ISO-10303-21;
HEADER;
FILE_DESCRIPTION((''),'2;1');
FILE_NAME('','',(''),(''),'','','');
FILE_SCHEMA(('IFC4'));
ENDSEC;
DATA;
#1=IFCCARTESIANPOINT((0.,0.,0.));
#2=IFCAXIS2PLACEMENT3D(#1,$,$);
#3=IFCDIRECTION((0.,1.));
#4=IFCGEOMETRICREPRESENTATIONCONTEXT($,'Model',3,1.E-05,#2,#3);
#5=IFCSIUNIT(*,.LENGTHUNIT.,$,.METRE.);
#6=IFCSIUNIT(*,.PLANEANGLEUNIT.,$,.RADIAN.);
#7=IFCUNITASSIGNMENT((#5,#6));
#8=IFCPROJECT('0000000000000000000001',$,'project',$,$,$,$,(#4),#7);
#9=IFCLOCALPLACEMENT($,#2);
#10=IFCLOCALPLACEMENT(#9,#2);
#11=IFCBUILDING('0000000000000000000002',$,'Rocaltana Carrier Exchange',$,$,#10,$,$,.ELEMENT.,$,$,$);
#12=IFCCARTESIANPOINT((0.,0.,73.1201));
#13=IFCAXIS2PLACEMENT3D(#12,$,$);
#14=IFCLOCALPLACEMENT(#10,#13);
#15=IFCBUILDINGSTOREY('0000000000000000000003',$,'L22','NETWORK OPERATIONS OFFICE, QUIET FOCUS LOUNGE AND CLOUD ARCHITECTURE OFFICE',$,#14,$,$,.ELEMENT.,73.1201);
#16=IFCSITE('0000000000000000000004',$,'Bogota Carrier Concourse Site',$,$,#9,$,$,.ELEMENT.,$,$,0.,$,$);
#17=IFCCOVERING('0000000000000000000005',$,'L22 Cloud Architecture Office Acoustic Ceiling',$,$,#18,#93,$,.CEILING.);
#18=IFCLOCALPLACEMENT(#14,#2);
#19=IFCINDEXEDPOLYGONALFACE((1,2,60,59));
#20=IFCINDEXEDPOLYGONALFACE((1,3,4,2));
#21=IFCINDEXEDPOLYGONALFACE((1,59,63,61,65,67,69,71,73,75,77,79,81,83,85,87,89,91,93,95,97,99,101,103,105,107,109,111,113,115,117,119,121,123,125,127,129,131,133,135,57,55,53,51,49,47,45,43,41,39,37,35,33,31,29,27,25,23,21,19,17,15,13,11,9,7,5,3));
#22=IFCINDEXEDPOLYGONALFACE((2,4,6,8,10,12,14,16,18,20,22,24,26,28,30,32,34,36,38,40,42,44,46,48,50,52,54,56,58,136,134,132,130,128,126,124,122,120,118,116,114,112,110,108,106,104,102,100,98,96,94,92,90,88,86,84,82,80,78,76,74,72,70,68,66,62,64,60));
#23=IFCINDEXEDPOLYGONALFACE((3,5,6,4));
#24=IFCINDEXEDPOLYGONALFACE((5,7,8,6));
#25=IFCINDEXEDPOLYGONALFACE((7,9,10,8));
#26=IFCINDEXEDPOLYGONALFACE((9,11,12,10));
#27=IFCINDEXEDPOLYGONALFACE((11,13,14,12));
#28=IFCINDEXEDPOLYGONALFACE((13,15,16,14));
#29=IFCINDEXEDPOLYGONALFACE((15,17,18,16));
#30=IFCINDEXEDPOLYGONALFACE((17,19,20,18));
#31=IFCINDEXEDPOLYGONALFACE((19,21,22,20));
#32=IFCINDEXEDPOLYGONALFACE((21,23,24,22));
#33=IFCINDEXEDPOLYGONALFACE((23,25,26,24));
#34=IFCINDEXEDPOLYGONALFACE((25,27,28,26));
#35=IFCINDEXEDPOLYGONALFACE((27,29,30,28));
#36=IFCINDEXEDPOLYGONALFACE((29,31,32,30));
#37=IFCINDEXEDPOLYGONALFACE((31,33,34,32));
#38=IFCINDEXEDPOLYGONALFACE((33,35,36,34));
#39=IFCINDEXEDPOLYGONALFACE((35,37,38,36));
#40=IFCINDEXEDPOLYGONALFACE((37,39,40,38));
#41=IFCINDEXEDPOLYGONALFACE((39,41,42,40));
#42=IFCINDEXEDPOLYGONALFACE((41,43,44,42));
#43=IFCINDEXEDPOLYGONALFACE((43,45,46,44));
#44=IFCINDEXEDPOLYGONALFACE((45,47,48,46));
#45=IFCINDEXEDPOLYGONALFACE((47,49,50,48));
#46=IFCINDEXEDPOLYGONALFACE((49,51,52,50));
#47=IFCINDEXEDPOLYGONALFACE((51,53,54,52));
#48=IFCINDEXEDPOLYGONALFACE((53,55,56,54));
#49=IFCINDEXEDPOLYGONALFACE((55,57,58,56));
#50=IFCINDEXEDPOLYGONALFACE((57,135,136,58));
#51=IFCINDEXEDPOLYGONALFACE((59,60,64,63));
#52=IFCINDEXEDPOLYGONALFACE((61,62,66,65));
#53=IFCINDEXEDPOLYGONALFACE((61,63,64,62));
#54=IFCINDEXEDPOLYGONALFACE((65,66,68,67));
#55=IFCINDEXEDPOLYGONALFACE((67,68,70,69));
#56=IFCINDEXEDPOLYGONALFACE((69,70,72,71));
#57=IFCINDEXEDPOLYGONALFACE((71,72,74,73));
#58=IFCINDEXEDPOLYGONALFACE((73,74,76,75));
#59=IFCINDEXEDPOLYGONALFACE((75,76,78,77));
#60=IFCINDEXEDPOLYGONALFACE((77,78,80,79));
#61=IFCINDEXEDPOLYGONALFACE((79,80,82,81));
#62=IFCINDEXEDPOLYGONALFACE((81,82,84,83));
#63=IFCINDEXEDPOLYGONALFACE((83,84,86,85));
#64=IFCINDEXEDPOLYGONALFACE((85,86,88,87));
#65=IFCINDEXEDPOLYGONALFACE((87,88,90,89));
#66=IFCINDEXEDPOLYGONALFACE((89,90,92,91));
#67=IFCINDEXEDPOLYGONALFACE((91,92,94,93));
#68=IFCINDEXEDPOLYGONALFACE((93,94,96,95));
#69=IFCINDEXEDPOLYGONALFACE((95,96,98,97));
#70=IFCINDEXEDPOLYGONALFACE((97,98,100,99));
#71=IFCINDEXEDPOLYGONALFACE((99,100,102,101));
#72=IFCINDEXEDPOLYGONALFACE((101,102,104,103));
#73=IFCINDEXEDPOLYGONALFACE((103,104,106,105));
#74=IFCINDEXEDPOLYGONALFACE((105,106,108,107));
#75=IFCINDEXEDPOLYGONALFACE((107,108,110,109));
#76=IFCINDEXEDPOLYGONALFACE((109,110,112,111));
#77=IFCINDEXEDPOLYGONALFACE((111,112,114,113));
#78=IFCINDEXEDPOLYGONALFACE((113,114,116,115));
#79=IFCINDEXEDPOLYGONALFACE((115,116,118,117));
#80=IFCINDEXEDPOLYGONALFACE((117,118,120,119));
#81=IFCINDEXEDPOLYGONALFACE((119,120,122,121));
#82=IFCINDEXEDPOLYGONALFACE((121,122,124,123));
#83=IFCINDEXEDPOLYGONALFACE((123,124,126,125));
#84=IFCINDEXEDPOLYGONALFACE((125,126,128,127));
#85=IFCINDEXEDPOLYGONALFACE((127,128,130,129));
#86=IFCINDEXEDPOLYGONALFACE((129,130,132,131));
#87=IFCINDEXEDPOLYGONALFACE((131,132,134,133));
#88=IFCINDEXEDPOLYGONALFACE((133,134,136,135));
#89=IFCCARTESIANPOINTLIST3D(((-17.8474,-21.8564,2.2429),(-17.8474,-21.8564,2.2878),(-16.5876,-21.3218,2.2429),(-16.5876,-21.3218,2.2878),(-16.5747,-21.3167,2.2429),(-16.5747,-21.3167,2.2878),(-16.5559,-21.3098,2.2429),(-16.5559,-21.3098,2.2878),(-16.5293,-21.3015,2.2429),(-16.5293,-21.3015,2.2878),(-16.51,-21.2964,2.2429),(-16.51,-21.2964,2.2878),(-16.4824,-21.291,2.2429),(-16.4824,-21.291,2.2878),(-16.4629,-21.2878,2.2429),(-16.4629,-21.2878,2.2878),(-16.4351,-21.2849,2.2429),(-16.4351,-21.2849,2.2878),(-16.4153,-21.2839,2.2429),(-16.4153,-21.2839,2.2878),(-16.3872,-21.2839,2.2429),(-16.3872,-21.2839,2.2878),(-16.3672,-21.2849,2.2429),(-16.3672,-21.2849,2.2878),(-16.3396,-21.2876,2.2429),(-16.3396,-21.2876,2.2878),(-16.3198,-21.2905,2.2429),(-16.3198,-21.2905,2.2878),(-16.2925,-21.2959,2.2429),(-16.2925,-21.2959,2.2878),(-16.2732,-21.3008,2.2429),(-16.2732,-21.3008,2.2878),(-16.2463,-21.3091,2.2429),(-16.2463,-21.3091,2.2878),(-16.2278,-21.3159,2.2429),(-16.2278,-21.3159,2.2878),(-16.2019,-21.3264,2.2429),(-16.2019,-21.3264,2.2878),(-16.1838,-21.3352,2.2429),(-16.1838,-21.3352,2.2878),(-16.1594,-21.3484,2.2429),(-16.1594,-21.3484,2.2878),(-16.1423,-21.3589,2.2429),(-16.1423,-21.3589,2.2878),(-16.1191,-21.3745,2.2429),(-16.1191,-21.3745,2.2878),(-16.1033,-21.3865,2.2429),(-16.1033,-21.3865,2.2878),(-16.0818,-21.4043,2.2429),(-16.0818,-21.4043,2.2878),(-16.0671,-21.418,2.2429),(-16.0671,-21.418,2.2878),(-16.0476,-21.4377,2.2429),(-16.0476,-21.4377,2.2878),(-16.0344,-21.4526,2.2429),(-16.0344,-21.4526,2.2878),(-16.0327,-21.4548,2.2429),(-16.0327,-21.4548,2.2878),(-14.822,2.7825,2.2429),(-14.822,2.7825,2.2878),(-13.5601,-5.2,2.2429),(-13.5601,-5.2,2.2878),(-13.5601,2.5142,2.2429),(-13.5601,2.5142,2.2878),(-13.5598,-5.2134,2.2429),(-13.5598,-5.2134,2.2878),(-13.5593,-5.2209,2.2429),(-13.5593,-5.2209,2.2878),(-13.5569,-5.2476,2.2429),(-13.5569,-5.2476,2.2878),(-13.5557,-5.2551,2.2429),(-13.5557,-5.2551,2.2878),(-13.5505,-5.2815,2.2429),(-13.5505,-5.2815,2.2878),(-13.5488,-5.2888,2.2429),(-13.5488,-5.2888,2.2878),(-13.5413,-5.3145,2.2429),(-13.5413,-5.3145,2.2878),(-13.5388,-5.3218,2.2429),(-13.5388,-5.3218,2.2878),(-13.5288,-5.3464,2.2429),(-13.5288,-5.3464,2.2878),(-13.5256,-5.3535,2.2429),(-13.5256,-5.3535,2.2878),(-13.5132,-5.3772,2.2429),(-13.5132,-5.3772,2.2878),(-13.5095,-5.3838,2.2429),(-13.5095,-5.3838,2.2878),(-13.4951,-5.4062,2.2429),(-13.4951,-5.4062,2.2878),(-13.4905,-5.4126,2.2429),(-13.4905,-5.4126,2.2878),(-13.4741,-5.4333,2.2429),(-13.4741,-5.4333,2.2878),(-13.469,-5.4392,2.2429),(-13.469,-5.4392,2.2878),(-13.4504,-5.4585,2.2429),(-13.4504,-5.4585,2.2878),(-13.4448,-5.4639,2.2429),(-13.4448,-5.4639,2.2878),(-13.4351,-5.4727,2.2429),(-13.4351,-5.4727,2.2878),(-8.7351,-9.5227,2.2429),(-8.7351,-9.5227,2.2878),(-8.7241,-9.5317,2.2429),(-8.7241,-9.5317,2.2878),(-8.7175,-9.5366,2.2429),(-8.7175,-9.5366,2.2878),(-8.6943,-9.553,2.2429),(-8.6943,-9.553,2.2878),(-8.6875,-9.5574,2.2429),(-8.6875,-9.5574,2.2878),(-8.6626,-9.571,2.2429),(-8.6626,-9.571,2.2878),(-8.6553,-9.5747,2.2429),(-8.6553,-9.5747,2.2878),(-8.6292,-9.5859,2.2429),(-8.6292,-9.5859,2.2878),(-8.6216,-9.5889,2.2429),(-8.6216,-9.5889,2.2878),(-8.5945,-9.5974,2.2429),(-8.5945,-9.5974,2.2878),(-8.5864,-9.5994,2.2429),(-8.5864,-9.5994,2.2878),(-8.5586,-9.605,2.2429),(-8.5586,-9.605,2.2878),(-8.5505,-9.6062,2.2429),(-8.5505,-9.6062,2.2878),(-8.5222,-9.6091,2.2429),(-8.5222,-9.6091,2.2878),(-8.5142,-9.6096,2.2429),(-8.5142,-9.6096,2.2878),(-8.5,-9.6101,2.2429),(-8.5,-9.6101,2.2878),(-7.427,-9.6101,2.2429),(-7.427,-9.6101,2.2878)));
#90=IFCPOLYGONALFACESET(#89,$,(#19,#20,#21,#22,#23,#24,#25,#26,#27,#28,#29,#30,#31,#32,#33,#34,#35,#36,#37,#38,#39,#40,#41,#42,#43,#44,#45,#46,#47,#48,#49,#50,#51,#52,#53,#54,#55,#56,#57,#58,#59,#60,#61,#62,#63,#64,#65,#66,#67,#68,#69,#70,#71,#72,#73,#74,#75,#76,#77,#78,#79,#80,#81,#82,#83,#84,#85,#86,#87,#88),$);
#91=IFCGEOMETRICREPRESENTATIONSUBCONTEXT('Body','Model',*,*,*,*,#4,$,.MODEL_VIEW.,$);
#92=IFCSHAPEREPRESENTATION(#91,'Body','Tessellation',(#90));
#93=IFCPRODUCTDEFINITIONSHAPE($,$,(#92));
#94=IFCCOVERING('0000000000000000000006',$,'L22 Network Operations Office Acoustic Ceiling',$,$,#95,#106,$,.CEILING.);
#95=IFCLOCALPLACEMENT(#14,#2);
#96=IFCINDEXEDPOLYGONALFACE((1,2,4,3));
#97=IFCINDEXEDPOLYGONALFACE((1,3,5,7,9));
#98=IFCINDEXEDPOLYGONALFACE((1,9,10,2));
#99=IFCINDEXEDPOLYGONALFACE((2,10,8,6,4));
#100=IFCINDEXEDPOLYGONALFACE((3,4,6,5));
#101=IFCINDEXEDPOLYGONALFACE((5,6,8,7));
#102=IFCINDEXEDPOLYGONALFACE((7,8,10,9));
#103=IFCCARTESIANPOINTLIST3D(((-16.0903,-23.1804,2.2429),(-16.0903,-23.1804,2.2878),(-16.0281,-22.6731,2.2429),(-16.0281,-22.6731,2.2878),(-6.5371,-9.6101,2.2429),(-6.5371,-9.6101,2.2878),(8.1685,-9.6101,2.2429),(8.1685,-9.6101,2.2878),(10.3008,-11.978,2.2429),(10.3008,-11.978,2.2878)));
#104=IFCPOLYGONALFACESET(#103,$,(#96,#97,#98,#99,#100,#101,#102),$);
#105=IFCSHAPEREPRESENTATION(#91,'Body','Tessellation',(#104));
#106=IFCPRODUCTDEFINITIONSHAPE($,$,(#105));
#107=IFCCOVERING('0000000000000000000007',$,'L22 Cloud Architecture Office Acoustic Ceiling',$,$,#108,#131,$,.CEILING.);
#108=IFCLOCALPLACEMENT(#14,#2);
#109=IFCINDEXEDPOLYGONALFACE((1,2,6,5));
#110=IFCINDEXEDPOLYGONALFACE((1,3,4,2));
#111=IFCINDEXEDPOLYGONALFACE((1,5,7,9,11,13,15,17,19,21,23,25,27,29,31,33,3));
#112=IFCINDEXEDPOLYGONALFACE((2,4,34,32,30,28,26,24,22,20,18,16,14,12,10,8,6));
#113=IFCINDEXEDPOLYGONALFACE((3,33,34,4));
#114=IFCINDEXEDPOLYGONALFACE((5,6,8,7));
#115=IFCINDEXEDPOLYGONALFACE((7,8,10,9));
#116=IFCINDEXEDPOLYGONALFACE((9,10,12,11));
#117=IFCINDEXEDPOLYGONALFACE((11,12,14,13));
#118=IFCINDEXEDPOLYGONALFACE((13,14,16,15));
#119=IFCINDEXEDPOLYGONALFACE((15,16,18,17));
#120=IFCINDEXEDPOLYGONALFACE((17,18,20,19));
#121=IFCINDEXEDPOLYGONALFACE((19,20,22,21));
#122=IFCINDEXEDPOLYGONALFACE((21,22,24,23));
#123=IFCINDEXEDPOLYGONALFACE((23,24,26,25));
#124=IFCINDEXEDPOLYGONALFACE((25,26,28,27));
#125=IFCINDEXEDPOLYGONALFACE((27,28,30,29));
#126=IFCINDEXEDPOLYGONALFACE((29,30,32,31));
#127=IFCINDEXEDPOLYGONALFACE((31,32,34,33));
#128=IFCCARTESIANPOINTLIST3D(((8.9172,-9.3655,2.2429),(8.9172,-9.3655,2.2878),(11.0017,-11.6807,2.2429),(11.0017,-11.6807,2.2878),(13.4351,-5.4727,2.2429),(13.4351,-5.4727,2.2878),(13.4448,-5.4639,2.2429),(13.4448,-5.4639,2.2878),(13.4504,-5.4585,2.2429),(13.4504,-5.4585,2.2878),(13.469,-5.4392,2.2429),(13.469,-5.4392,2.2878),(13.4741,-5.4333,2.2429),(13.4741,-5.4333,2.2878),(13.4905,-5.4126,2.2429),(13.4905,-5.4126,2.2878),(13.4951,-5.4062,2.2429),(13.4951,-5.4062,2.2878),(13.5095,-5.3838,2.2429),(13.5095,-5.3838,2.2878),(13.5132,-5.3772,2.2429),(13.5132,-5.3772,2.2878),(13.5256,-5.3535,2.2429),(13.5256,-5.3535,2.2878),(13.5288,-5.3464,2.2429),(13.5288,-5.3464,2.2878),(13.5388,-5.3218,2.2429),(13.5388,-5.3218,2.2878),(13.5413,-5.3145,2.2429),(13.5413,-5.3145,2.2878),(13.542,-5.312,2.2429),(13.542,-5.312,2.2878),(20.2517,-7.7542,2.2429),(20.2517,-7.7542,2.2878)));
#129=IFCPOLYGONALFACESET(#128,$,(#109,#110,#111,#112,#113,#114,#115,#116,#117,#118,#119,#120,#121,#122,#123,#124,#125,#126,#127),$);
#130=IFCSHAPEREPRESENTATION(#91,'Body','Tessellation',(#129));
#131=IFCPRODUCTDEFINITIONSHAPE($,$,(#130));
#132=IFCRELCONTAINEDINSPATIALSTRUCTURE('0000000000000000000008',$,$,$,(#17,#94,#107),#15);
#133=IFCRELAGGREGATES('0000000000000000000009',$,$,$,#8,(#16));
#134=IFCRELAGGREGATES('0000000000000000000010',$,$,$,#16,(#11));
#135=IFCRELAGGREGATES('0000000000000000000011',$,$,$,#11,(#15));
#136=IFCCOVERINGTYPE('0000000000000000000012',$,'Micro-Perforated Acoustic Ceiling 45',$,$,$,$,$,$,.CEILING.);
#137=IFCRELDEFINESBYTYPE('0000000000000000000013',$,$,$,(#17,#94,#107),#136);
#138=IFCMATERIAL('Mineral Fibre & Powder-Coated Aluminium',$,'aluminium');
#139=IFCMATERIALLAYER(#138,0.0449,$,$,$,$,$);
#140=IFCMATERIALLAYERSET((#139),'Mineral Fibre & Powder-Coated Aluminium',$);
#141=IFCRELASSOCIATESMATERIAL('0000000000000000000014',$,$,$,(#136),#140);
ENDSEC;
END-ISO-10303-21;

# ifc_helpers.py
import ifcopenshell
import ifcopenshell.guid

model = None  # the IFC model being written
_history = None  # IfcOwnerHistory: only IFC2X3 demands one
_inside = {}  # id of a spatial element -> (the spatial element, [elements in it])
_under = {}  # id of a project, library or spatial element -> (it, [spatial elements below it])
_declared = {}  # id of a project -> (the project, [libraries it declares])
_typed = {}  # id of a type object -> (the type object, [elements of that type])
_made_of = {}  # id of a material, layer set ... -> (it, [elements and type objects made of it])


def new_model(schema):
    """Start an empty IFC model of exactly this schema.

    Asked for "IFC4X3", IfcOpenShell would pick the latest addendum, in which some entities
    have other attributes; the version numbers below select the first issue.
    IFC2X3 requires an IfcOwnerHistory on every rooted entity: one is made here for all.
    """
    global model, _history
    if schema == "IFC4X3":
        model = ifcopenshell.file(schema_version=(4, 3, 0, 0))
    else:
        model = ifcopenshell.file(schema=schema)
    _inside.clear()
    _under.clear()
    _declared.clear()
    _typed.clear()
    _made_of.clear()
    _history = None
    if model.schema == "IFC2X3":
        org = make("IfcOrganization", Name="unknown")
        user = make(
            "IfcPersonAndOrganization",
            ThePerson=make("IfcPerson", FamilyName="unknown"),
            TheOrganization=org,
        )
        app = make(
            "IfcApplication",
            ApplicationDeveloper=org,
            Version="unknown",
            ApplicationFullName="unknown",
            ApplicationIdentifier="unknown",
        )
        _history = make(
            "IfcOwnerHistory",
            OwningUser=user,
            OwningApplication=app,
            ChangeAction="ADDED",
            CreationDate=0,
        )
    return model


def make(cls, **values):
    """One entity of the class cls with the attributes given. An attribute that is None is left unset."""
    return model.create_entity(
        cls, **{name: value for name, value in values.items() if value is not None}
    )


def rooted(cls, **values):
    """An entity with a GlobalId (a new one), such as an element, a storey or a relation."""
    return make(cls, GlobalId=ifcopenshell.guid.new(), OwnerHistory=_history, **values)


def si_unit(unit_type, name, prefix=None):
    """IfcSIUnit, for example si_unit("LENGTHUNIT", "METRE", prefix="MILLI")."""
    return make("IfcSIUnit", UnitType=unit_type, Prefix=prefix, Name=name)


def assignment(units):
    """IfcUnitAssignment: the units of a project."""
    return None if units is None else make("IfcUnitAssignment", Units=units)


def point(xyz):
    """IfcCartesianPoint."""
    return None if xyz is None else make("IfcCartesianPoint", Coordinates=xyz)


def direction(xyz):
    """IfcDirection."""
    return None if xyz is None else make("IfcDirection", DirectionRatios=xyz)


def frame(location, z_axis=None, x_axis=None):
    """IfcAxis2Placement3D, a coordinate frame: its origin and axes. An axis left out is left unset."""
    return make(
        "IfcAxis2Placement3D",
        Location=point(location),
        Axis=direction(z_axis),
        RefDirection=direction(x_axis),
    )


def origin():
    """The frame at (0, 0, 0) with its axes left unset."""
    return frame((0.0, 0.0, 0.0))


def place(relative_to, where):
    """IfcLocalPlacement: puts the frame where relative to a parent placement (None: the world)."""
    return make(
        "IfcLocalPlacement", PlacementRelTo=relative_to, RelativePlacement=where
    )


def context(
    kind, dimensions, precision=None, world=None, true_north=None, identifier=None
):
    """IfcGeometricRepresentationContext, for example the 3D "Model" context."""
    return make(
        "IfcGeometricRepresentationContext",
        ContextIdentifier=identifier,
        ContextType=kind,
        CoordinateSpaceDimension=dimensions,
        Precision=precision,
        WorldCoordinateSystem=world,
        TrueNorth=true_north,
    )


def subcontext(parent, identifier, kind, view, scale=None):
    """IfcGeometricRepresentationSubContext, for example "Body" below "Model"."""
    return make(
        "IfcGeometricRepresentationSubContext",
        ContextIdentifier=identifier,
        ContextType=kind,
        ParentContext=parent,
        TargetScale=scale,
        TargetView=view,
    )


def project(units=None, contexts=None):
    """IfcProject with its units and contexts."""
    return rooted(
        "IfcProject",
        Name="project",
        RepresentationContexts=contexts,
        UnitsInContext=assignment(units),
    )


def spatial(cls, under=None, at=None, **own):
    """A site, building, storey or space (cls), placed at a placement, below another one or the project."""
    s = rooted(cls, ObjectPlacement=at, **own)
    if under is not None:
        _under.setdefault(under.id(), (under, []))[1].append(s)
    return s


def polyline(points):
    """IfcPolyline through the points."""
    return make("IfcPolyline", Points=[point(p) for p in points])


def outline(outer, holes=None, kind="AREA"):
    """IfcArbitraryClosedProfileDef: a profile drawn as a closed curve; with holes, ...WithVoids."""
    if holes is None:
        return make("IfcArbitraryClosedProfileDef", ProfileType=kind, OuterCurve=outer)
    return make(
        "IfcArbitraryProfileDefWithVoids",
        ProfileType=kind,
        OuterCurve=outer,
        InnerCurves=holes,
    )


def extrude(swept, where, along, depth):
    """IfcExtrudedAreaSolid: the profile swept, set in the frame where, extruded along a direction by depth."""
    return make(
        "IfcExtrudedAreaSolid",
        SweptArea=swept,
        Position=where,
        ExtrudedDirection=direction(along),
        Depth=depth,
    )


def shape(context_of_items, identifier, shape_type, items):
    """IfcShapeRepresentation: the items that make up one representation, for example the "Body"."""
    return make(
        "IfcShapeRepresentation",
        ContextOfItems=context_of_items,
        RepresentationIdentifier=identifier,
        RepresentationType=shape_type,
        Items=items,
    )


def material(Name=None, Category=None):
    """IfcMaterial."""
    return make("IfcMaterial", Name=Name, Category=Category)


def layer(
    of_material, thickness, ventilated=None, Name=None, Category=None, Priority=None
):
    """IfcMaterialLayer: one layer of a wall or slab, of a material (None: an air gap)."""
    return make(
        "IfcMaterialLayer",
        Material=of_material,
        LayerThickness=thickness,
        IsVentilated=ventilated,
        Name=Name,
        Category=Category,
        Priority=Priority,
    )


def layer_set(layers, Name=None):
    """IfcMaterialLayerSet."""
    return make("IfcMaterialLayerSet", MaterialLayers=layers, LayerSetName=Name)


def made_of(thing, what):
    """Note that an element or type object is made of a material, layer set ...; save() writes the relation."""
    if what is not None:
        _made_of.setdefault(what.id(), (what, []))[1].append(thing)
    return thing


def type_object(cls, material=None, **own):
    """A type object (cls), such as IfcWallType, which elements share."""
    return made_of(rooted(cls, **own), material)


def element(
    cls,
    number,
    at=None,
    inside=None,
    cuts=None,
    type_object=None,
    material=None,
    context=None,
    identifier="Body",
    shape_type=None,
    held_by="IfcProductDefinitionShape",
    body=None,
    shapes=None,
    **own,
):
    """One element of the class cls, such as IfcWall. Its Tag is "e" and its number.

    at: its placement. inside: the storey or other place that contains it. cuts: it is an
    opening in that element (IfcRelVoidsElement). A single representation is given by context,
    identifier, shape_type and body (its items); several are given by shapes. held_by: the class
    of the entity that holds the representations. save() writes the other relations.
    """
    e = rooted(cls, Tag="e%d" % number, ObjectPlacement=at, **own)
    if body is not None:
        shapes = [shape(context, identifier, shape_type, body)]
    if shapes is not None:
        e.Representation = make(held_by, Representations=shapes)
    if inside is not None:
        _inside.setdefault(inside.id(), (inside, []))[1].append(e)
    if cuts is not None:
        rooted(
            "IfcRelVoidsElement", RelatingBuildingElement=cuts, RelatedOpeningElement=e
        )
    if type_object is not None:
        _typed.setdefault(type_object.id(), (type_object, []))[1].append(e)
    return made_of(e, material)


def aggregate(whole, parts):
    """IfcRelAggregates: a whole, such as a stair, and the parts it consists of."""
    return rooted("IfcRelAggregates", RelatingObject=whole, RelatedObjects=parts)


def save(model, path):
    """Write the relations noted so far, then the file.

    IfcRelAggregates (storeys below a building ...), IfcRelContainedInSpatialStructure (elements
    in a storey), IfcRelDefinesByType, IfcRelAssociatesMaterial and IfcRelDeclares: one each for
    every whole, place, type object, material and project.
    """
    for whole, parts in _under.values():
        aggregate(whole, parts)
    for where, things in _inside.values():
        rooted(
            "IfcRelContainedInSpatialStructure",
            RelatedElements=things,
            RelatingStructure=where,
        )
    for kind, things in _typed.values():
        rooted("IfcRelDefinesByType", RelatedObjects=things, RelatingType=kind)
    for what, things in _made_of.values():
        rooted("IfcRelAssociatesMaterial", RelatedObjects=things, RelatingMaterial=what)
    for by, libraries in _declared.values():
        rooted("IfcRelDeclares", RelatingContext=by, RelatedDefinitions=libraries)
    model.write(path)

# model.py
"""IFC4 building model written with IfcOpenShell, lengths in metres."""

from ifc_helpers import new_model, si_unit, direction, frame, origin, place, context, subcontext, project, spatial, polyline, outline, extrude, material, layer, layer_set, type_object, element, save


model = new_model("IFC4")

# Units and contexts
model_context = context("Model", 3, precision=1e-05, world=origin(), true_north=direction((0.0, 1.0)))
body_context = subcontext(model_context, "Body", "Model", "MODEL_VIEW")
ifc_project = project(units=[si_unit("LENGTHUNIT", "METRE"), si_unit("PLANEANGLEUNIT", "RADIAN")], contexts=[model_context])

# Site, building, storey
site_placement = place(None, origin())
site = spatial("IfcSite", under=ifc_project, at=site_placement, Name="Bogota Carrier Concourse Site", CompositionType="ELEMENT", RefElevation=0.0)
building_placement = place(site_placement, origin())
building = spatial("IfcBuilding", under=site, at=building_placement, Name="Rocaltana Carrier Exchange", CompositionType="ELEMENT")
storey_placement = place(building_placement, frame((0.0, 0.0, 73.1201)))
storey = spatial("IfcBuildingStorey", under=building, at=storey_placement, Name="L22", Description="NETWORK OPERATIONS OFFICE, QUIET FOCUS LOUNGE AND CLOUD ARCHITECTURE OFFICE", CompositionType="ELEMENT", Elevation=73.1201)

# Coverings
ifc_material_1 = material(Name="Mineral Fibre & Powder-Coated Aluminium", Category="aluminium")
ifc_layer_1 = layer(ifc_material_1, 0.0449)
ifc_layer_set_1 = layer_set([ifc_layer_1], Name="Mineral Fibre & Powder-Coated Aluminium")
covering_type_1 = type_object("IfcCoveringType", Name="Micro-Perforated Acoustic Ceiling 45", PredefinedType="CEILING", material=ifc_layer_set_1)
covering_1_placement = place(storey_placement, frame((0.0, 0.0, 2.2429)))
element("IfcCovering", 1, at=covering_1_placement, inside=storey, type_object=covering_type_1, Name="L22 Cloud Architecture Office Acoustic Ceiling", PredefinedType="CEILING", context=body_context, shape_type="SweptSolid", body=[
    extrude(outline(polyline([(-16.0327, -21.4548), (-16.0344, -21.4526), (-16.0476, -21.4377), (-16.0671, -21.418), (-16.0818, -21.4043), (-16.1033, -21.3865), (-16.1191, -21.3745), (-16.1423, -21.3589), (-16.1594, -21.3484), (-16.1838, -21.3352), (-16.2019, -21.3264), (-16.2278, -21.3159), (-16.2463, -21.3091), (-16.2732, -21.3008), (-16.2925, -21.2959), (-16.3198, -21.2905), (-16.3396, -21.2876), (-16.3672, -21.2849), (-16.3872, -21.2839), (-16.4153, -21.2839), (-16.4351, -21.2849), (-16.4629, -21.2878), (-16.4824, -21.291), (-16.51, -21.2964), (-16.5293, -21.3015), (-16.5559, -21.3098), (-16.5747, -21.3167), (-16.5876, -21.3218), (-17.8474, -21.8564), (-14.822, 2.7825), (-13.5601, 2.5142), (-13.5601, -5.2), (-13.5598, -5.2134), (-13.5593, -5.2209), (-13.5569, -5.2476), (-13.5557, -5.2551), (-13.5505, -5.2815), (-13.5488, -5.2888), (-13.5413, -5.3145), (-13.5388, -5.3218), (-13.5288, -5.3464), (-13.5256, -5.3535), (-13.5132, -5.3772), (-13.5095, -5.3838), (-13.4951, -5.4062), (-13.4905, -5.4126), (-13.4741, -5.4333), (-13.469, -5.4392), (-13.4504, -5.4585), (-13.4448, -5.4639), (-13.4351, -5.4727), (-8.7351, -9.5227), (-8.7241, -9.5317), (-8.7175, -9.5366), (-8.6943, -9.553), (-8.6875, -9.5574), (-8.6626, -9.571), (-8.6553, -9.5747), (-8.6292, -9.5859), (-8.6216, -9.5889), (-8.5945, -9.5974), (-8.5864, -9.5994), (-8.5586, -9.605), (-8.5505, -9.6062), (-8.5222, -9.6091), (-8.5142, -9.6096), (-8.5, -9.6101), (-7.427, -9.6101), (-16.0327, -21.4548)])), origin(), (0.0, 0.0, 1.0), 0.0449),
])
covering_2_placement = place(storey_placement, frame((0.0, 0.0, 2.2429)))
element("IfcCovering", 2, at=covering_2_placement, inside=storey, type_object=covering_type_1, Name="L22 Network Operations Office Acoustic Ceiling", PredefinedType="CEILING", context=body_context, shape_type="SweptSolid", body=[
    extrude(outline(polyline([(-16.0281, -22.6731), (-6.5371, -9.6101), (8.1685, -9.6101), (10.3008, -11.978), (-16.0903, -23.1804), (-16.0281, -22.6731)])), origin(), (0.0, 0.0, 1.0), 0.0449),
])
covering_3_placement = place(storey_placement, frame((0.0, 0.0, 2.2429)))
element("IfcCovering", 3, at=covering_3_placement, inside=storey, type_object=covering_type_1, Name="L22 Cloud Architecture Office Acoustic Ceiling", PredefinedType="CEILING", context=body_context, shape_type="SweptSolid", body=[
    extrude(outline(polyline([(8.9172, -9.3655), (13.4351, -5.4727), (13.4448, -5.4639), (13.4504, -5.4585), (13.469, -5.4392), (13.4741, -5.4333), (13.4905, -5.4126), (13.4951, -5.4062), (13.5095, -5.3838), (13.5132, -5.3772), (13.5256, -5.3535), (13.5288, -5.3464), (13.5388, -5.3218), (13.5413, -5.3145), (13.542, -5.312), (20.2517, -7.7542), (11.0017, -11.6807), (8.9172, -9.3655)])), origin(), (0.0, 0.0, 1.0), 0.0449),
])

save(model, "model.ifc")
